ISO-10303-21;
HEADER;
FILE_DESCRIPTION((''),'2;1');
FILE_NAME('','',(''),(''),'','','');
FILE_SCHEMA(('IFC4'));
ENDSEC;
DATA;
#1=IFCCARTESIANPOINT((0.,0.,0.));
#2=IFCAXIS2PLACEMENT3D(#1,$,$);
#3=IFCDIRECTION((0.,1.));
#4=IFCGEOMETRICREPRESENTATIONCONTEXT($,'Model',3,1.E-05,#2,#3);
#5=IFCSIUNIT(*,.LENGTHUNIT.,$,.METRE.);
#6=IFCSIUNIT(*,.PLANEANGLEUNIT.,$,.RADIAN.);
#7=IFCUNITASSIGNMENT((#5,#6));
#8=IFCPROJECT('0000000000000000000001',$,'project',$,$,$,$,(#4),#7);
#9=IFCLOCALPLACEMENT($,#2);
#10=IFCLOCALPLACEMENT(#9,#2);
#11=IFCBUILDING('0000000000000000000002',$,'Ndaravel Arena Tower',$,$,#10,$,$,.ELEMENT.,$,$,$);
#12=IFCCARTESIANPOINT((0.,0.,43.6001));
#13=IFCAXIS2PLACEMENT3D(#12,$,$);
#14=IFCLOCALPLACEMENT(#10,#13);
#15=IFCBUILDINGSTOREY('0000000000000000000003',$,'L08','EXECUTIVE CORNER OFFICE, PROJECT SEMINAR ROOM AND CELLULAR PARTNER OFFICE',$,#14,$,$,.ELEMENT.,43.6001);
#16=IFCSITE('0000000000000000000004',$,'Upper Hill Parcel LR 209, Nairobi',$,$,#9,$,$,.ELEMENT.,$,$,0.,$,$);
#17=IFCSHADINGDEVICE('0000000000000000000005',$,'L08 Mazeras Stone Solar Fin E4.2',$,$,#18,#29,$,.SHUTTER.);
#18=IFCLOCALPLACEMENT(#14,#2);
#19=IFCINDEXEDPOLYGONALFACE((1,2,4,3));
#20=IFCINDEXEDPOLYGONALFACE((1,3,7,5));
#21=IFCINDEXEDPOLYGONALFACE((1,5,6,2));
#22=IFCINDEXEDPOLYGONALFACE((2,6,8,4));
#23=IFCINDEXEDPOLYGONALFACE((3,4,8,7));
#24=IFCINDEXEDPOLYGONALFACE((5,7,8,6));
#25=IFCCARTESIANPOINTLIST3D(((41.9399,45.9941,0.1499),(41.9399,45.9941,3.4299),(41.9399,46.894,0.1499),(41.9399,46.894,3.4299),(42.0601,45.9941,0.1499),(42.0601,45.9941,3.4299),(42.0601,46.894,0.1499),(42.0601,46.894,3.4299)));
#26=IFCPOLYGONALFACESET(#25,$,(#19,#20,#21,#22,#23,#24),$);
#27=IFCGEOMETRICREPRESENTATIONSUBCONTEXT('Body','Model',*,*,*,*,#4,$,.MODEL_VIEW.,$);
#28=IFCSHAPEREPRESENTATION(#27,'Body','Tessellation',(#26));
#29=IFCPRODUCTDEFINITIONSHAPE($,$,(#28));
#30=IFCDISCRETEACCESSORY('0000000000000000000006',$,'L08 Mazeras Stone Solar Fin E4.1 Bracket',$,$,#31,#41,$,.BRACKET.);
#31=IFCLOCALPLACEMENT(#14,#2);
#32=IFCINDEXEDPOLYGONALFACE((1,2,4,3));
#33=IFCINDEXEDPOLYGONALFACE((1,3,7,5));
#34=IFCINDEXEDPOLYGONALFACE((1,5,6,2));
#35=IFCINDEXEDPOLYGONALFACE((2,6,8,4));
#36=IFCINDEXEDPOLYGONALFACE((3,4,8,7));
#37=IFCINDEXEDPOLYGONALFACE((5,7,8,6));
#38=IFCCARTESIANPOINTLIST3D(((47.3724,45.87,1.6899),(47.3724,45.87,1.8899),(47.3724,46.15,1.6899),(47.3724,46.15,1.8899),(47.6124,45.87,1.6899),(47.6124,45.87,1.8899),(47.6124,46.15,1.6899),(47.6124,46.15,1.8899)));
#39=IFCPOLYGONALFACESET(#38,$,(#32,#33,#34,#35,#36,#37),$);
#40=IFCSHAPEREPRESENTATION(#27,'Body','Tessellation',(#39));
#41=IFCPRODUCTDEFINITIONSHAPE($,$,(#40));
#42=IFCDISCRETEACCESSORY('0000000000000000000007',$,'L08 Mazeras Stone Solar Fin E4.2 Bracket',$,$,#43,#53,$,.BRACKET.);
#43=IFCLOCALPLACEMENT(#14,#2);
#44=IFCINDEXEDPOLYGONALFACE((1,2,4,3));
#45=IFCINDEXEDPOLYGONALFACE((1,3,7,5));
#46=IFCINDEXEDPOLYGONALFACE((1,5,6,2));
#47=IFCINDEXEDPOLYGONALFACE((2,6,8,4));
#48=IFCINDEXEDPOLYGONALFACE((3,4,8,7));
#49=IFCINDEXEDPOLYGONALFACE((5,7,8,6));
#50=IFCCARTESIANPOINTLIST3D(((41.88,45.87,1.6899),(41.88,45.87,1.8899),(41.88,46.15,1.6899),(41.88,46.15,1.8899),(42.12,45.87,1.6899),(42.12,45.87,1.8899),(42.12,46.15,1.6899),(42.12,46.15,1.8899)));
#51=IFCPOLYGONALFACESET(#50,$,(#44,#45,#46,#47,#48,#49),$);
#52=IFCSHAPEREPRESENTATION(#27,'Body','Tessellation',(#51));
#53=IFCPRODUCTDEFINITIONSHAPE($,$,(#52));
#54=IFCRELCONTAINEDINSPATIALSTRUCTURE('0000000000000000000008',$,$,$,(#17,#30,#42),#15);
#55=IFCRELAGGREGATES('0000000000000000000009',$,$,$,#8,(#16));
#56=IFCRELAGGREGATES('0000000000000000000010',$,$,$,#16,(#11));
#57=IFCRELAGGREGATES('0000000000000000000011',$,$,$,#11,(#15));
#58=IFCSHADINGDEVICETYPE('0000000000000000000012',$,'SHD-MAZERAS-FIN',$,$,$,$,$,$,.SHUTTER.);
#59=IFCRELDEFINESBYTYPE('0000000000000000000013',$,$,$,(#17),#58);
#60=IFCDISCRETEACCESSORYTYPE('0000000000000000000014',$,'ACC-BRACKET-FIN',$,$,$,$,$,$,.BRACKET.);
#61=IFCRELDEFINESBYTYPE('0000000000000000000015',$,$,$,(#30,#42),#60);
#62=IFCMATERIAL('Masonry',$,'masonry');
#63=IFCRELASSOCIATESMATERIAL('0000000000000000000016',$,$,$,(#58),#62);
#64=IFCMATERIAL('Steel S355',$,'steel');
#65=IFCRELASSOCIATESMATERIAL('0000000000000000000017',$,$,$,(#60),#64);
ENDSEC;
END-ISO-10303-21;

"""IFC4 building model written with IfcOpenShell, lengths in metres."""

from ifc_helpers import new_model, si_unit, direction, frame, origin, origin_2d, place, context, subcontext, project, spatial, rectangle, extrude, material, type_object, element, save


model = new_model("IFC4")

# Units and contexts
model_context = context("Model", 3, precision=1e-05, world=origin(), true_north=direction((0.0, 1.0)))
body_context = subcontext(model_context, "Body", "Model", "MODEL_VIEW")
ifc_project = project(units=[si_unit("LENGTHUNIT", "METRE"), si_unit("PLANEANGLEUNIT", "RADIAN")], contexts=[model_context])

# Site, building, storey
site_placement = place(None, origin())
site = spatial("IfcSite", under=ifc_project, at=site_placement, Name="Upper Hill Parcel LR 209, Nairobi", CompositionType="ELEMENT", RefElevation=0.0)
building_placement = place(site_placement, origin())
building = spatial("IfcBuilding", under=site, at=building_placement, Name="Ndaravel Arena Tower", CompositionType="ELEMENT")
storey_placement = place(building_placement, frame((0.0, 0.0, 43.6001)))
storey = spatial("IfcBuildingStorey", under=building, at=storey_placement, Name="L08", Description="EXECUTIVE CORNER OFFICE, PROJECT SEMINAR ROOM AND CELLULAR PARTNER OFFICE", CompositionType="ELEMENT", Elevation=43.6001)

# Shading device
ifc_material_1 = material(Name="Masonry", Category="masonry")
shading_device_type = type_object("IfcShadingDeviceType", Name="SHD-MAZERAS-FIN", PredefinedType="SHUTTER", material=ifc_material_1)
for number, where, z_axis, x_axis, name in (
    (1, (42.0, 46.4441, 0.1499), (0.0, 0.0, 1.0), (0.0, 1.0, 0.0), "L08 Mazeras Stone Solar Fin E4.2"),
):
    element("IfcShadingDevice", number, at=place(storey_placement, frame(where, z_axis=z_axis, x_axis=x_axis)), inside=storey, type_object=shading_device_type, Name=name, PredefinedType="SHUTTER", context=body_context, shape_type="SweptSolid", body=[
        extrude(rectangle(XDim=0.8999, YDim=0.1201, at=origin_2d()), origin(), (0.0, 0.0, 1.0), 3.28),
    ])

# Discrete accessories
ifc_material_2 = material(Name="Steel S355", Category="steel")
discrete_accessory_type = type_object("IfcDiscreteAccessoryType", Name="ACC-BRACKET-FIN", PredefinedType="BRACKET", material=ifc_material_2)
for number, where, z_axis, x_axis, name in (
    (2, (47.4924, 46.01, 1.6899), (0.0, 0.0, 1.0), (0.0, 1.0, 0.0), "L08 Mazeras Stone Solar Fin E4.1 Bracket"),
    (3, (42.0, 46.01, 1.6899), (0.0, 0.0, 1.0), (0.0, 1.0, 0.0), "L08 Mazeras Stone Solar Fin E4.2 Bracket"),
):
    element("IfcDiscreteAccessory", number, at=place(storey_placement, frame(where, z_axis=z_axis, x_axis=x_axis)), inside=storey, type_object=discrete_accessory_type, Name=name, PredefinedType="BRACKET", context=body_context, shape_type="SweptSolid", body=[
        extrude(rectangle(XDim=0.28, YDim=0.24, at=origin_2d()), origin(), (0.0, 0.0, 1.0), 0.2),
    ])

save(model, "model.ifc")
